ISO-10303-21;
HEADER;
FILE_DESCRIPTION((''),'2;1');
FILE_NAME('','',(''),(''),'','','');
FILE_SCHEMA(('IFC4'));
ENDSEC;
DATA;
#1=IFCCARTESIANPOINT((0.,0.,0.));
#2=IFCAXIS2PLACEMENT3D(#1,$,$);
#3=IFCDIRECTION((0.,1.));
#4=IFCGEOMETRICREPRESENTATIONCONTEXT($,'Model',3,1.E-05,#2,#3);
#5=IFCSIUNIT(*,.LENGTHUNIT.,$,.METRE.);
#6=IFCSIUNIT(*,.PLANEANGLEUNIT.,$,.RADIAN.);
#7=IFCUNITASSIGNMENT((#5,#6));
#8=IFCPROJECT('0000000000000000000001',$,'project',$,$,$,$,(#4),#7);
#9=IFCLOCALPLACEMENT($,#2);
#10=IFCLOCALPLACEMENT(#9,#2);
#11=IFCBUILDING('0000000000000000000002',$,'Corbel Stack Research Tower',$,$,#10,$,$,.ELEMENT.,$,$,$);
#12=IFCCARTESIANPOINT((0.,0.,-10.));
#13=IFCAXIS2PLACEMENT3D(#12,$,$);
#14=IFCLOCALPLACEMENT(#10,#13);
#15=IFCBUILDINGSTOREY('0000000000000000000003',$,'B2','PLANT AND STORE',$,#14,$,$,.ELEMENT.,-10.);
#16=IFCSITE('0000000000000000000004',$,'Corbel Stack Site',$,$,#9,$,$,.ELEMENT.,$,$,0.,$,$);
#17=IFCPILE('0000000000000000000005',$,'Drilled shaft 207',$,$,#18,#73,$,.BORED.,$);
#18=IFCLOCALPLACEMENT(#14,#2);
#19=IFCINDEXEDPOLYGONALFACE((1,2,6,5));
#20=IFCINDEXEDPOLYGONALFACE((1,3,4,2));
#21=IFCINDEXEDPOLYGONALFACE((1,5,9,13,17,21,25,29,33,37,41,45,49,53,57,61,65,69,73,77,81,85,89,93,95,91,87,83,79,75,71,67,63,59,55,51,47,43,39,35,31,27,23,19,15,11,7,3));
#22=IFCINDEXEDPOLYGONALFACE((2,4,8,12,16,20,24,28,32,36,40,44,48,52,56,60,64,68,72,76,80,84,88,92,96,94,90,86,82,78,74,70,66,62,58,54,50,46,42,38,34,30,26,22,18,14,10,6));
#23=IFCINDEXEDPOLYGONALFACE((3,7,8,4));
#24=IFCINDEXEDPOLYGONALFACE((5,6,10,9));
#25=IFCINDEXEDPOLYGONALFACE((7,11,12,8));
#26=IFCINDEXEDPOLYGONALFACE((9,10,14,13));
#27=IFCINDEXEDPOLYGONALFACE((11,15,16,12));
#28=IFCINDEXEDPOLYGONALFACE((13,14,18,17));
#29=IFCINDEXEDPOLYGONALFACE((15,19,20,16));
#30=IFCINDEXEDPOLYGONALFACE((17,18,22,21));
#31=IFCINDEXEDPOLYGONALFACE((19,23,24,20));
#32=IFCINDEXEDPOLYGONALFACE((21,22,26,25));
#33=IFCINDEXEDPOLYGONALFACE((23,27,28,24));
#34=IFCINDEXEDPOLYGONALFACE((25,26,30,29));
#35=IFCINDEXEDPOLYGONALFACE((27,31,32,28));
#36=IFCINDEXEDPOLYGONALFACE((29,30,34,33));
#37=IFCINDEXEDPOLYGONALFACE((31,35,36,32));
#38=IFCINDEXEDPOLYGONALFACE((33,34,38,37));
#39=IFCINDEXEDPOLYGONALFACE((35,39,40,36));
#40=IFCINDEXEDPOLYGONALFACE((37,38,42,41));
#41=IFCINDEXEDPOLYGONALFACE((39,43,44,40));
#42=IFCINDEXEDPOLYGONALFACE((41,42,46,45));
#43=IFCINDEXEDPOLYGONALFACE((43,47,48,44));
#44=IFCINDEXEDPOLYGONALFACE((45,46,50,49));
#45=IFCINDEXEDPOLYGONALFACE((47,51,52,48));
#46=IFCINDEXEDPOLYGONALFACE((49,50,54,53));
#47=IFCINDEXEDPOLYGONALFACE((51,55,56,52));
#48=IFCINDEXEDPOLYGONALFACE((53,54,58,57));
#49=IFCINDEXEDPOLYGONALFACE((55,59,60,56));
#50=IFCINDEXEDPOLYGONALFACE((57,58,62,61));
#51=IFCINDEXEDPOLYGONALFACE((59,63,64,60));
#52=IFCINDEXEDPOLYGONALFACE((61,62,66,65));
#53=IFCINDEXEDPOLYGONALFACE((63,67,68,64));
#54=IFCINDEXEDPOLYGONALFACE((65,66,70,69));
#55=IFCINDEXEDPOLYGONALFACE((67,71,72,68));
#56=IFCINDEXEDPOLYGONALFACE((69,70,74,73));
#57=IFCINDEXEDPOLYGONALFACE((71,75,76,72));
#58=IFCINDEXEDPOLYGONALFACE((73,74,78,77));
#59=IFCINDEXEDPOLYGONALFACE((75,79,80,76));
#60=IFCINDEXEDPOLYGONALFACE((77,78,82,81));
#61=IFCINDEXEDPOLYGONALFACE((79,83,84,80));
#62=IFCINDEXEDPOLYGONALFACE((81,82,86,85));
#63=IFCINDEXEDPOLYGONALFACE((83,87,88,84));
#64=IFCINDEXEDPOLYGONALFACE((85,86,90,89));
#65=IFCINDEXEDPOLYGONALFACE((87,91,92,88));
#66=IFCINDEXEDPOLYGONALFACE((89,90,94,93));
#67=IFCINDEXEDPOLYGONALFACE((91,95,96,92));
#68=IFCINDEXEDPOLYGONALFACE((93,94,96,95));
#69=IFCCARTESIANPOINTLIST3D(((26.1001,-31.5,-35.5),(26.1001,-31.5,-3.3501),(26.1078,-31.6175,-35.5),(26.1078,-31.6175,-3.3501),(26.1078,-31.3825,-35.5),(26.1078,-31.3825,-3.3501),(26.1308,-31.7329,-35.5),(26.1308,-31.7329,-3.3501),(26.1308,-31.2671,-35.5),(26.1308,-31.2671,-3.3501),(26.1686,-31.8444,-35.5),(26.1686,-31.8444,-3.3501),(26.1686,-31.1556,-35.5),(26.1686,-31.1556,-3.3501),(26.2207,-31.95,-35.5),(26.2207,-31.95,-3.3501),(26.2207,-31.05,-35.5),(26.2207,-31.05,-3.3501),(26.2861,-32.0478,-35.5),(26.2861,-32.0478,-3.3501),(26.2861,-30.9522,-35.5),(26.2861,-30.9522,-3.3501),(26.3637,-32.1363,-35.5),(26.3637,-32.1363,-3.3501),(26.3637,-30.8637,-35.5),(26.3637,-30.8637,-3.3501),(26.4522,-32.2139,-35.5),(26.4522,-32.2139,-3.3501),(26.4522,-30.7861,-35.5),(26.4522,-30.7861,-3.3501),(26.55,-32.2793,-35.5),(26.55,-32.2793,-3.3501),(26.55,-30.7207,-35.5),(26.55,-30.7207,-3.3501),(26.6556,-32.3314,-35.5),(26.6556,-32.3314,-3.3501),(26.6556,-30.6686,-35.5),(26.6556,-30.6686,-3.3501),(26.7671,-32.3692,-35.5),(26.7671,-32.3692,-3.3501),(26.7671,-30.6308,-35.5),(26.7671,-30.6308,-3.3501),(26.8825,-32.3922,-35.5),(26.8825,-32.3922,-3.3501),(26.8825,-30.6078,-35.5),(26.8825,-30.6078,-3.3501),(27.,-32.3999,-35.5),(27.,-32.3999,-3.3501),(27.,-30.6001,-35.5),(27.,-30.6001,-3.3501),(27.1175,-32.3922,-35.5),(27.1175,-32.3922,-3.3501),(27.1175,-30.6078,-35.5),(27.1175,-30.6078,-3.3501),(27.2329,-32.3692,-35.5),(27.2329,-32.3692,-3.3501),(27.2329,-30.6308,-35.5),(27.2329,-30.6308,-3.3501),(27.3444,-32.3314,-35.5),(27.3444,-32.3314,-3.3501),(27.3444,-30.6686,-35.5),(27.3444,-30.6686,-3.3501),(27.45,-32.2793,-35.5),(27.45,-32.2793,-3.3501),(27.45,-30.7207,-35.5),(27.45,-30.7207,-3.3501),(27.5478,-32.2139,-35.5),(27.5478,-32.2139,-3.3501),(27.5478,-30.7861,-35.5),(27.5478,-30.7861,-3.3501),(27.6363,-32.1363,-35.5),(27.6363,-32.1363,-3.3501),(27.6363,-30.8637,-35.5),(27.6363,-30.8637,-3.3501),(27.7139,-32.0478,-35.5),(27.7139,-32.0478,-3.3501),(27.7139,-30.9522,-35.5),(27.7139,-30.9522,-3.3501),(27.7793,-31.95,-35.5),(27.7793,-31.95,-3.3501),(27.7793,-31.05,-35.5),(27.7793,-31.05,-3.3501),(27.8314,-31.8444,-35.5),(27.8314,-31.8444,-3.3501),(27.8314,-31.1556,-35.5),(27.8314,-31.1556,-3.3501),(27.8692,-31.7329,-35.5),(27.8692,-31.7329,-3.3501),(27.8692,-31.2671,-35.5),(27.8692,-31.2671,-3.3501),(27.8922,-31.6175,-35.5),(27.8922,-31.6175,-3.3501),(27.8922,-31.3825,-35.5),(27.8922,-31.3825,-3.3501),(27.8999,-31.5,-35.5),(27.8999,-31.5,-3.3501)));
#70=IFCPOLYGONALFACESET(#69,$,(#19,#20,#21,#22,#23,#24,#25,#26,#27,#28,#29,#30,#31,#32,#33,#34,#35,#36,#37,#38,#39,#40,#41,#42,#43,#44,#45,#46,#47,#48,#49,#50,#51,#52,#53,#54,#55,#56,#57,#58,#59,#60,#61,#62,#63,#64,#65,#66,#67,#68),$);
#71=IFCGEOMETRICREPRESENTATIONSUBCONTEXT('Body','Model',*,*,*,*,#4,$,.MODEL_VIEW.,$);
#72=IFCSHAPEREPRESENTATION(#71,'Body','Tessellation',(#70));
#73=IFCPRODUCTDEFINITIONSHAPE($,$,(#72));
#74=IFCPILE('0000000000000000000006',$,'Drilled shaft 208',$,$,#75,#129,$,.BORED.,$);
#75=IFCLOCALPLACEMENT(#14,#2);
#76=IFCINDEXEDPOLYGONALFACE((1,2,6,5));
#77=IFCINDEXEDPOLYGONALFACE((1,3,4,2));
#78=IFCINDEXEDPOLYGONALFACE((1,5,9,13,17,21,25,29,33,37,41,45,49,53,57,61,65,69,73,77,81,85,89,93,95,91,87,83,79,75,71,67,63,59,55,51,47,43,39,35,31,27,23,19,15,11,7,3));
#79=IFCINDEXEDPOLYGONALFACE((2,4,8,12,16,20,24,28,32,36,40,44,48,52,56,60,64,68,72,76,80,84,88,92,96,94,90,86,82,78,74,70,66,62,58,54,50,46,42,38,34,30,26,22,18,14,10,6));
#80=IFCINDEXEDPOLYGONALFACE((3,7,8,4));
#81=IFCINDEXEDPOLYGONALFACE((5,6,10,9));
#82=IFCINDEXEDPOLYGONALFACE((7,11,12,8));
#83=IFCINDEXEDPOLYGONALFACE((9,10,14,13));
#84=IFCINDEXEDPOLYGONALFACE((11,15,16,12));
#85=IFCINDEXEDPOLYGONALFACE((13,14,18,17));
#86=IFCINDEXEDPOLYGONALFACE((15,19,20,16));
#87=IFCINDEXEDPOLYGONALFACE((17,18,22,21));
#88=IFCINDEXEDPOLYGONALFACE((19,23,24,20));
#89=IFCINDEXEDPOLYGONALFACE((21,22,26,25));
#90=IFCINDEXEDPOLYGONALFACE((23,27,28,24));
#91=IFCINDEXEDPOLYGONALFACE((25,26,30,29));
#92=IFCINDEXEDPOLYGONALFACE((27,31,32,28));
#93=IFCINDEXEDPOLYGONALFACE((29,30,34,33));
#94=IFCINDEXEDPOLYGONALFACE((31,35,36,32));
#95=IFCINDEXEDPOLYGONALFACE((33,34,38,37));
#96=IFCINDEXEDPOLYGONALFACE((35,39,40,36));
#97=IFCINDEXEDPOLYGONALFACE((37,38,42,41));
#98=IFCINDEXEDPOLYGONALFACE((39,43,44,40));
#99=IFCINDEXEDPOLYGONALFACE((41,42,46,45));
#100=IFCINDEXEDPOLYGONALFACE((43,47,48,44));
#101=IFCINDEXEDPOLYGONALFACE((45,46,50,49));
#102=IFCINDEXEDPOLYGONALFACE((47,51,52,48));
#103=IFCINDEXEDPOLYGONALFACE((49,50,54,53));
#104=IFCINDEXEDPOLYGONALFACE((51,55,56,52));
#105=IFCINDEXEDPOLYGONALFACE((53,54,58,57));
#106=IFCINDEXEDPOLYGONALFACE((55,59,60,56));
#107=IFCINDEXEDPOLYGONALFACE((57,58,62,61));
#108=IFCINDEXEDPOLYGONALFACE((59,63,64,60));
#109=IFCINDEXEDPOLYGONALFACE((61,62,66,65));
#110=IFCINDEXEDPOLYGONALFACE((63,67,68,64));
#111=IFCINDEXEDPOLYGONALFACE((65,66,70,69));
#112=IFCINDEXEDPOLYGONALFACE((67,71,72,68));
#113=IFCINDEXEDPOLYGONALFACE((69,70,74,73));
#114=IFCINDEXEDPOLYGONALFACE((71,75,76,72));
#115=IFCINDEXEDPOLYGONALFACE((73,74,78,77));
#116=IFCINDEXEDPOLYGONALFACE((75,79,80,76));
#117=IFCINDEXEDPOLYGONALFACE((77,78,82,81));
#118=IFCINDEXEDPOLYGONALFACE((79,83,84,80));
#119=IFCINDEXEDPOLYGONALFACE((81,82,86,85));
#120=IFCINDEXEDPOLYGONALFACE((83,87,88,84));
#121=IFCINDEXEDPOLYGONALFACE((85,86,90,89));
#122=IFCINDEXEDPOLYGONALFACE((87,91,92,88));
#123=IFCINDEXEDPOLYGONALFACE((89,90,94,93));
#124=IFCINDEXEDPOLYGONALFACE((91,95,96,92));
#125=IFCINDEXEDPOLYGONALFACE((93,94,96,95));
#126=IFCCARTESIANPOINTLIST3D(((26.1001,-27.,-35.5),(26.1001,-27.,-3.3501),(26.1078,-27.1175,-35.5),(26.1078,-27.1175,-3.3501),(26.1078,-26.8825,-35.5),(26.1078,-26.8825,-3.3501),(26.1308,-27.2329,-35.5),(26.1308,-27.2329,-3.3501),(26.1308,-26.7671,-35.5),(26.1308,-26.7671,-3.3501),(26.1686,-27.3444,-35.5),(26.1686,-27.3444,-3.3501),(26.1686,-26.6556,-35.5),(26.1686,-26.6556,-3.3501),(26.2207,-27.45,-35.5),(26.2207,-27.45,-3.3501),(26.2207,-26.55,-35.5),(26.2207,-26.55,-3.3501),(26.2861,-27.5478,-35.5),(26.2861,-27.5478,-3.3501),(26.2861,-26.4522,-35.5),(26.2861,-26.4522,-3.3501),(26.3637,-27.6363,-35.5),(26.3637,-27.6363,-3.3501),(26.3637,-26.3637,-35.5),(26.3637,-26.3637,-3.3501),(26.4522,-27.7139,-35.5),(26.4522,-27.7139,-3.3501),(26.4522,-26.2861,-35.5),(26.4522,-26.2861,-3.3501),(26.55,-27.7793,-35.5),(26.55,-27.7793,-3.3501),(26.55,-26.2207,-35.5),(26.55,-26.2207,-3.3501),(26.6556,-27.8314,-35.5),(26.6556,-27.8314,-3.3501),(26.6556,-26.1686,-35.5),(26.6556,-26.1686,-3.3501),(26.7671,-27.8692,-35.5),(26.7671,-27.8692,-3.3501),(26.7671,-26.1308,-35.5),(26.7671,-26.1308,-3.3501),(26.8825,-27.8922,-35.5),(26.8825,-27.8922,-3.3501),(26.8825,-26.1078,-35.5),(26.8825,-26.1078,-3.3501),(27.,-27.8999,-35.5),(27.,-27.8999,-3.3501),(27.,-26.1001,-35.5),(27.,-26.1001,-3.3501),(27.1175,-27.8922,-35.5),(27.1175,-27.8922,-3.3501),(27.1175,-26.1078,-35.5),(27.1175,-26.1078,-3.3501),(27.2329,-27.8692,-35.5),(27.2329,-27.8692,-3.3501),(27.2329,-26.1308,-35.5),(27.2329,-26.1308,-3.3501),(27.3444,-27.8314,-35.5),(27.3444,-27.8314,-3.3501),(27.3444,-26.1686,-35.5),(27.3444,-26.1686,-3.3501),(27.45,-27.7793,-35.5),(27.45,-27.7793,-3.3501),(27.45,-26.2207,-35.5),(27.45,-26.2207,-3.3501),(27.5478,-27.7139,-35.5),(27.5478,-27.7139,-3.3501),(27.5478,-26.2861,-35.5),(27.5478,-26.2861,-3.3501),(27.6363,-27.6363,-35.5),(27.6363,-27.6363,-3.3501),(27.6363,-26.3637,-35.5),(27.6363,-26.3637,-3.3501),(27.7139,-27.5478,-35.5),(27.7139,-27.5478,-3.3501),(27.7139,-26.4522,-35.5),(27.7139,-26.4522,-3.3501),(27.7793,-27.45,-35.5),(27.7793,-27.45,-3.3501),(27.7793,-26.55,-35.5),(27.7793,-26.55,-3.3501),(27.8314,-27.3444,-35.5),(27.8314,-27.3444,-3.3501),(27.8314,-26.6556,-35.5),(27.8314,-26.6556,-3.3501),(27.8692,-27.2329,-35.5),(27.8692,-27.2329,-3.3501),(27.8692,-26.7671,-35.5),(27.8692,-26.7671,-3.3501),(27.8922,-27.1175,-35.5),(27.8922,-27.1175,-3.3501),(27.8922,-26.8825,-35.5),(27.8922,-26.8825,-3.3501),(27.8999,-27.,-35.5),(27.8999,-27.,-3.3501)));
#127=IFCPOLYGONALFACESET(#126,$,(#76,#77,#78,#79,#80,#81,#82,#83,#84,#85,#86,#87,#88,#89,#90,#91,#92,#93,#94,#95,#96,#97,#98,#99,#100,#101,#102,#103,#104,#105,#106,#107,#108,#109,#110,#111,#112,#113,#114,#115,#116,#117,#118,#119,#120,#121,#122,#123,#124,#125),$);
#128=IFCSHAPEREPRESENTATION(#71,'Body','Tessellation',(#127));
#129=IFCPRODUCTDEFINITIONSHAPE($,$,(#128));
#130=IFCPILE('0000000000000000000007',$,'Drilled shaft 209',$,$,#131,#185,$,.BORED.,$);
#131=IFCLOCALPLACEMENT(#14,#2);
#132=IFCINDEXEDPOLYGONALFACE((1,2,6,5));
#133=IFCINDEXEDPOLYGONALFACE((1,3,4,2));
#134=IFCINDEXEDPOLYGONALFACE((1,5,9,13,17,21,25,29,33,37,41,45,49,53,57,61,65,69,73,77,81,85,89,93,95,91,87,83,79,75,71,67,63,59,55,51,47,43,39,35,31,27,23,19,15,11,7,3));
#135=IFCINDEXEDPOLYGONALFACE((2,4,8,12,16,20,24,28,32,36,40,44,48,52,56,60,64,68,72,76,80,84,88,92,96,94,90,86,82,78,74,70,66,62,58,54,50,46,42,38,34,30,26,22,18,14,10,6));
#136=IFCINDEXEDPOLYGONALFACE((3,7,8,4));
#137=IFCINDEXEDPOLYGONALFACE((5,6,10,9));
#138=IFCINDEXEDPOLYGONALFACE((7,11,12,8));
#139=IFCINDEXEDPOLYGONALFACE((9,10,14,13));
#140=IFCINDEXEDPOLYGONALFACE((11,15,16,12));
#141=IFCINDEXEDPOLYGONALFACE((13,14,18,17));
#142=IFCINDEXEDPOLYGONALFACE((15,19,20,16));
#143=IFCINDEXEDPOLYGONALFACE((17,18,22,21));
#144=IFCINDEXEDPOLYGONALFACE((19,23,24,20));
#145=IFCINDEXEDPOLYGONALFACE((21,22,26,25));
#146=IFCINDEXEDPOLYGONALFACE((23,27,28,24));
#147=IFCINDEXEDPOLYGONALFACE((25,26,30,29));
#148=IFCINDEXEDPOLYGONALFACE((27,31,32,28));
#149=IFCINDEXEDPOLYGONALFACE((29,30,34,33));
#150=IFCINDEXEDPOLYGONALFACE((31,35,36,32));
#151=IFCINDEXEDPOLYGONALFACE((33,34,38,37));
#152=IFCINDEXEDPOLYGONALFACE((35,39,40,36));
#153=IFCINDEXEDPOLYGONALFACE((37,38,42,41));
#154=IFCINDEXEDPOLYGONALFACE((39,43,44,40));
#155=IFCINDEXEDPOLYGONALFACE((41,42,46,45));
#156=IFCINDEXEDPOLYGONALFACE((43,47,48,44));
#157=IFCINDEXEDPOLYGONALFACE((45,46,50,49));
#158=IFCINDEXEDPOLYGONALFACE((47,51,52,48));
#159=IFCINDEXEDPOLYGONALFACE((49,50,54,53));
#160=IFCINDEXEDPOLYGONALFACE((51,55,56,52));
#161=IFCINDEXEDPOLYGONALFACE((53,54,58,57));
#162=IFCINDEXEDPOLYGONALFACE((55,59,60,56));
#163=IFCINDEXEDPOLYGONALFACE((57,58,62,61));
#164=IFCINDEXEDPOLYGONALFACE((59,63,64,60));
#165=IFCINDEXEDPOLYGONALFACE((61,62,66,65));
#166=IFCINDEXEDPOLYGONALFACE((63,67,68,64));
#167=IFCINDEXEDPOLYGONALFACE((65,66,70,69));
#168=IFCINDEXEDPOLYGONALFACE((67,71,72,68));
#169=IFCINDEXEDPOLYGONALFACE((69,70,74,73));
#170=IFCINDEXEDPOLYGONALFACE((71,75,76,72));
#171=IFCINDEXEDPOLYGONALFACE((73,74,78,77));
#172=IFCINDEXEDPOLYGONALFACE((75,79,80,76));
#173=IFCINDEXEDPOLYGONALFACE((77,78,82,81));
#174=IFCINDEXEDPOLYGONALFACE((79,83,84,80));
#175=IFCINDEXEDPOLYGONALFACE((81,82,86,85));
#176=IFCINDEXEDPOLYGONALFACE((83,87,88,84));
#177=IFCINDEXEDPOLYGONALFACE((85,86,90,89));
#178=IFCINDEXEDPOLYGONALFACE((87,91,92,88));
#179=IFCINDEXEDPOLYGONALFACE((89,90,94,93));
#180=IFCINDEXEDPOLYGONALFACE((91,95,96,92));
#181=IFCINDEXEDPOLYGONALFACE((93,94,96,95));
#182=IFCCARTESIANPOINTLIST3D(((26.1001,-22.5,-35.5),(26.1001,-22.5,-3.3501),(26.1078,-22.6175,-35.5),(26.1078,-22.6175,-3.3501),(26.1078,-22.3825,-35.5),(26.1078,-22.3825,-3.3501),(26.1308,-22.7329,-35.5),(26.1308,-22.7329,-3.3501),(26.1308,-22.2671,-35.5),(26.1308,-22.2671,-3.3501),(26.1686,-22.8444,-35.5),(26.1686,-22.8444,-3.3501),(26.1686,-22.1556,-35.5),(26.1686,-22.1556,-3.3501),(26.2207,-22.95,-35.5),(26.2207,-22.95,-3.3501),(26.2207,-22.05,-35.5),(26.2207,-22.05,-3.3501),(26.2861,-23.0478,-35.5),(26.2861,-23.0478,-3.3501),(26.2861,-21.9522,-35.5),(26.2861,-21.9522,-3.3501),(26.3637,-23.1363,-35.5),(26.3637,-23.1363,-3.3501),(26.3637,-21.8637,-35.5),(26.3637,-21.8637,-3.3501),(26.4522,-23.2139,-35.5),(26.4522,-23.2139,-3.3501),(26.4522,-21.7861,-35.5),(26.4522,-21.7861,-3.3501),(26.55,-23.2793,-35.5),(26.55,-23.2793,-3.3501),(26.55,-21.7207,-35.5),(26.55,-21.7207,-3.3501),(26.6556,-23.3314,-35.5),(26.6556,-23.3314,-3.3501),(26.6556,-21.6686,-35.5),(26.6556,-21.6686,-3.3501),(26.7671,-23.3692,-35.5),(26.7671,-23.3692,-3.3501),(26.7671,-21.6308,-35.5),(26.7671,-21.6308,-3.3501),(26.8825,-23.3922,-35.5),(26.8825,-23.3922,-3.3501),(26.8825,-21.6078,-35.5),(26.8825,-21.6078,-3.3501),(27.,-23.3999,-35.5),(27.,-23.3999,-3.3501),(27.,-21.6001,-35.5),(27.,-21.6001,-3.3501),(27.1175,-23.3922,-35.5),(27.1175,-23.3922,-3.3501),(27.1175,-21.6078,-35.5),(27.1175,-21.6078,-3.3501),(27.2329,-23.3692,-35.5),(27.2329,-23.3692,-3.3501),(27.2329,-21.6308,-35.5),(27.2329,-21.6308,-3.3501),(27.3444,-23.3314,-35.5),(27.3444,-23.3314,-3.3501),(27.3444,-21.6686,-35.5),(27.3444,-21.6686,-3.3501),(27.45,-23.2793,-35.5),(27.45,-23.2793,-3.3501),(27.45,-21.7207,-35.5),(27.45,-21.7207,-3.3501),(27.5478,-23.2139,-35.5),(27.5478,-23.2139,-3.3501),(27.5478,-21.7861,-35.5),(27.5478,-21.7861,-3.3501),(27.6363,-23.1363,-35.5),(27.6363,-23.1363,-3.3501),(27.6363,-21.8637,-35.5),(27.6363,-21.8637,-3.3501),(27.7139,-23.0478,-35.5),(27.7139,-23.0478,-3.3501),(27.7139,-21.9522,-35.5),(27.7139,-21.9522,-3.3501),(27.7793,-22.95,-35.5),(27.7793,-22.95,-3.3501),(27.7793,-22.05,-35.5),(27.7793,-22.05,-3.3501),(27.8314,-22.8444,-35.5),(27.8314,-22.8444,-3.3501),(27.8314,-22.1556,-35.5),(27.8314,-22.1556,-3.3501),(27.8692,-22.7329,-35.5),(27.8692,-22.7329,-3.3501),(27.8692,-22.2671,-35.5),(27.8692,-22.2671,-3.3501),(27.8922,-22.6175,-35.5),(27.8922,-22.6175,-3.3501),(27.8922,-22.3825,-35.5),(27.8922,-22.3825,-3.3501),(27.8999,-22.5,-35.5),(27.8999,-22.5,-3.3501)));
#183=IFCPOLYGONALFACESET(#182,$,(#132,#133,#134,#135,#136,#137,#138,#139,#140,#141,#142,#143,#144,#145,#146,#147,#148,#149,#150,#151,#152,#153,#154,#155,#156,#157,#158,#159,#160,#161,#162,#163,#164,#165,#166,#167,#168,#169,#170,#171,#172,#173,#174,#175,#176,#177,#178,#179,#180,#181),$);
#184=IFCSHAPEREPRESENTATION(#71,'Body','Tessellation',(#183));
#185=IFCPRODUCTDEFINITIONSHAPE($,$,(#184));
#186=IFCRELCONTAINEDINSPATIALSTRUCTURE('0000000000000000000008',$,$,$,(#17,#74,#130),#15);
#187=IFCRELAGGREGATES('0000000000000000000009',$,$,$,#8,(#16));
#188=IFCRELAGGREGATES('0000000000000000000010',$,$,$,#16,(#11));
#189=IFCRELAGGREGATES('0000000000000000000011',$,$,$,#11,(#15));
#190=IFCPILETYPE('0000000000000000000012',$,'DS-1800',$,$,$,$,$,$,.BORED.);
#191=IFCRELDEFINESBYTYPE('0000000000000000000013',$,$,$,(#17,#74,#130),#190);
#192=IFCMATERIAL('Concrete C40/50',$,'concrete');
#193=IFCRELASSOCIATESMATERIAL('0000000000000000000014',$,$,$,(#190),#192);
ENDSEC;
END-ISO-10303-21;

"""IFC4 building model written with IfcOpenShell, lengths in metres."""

from ifc_helpers import new_model, si_unit, direction, frame, origin, origin_2d, place, context, subcontext, project, spatial, circle, extrude, material, material_profile, profile_set, type_object, element, save


model = new_model("IFC4")

# Units and contexts
model_context = context("Model", 3, precision=1e-05, world=origin(), true_north=direction((0.0, 1.0)))
body_context = subcontext(model_context, "Body", "Model", "MODEL_VIEW")
ifc_project = project(units=[si_unit("LENGTHUNIT", "METRE"), si_unit("PLANEANGLEUNIT", "RADIAN")], contexts=[model_context])

# Site, building, storey
site_placement = place(None, origin())
site = spatial("IfcSite", under=ifc_project, at=site_placement, Name="Corbel Stack Site", CompositionType="ELEMENT", RefElevation=0.0)
building_placement = place(site_placement, origin())
building = spatial("IfcBuilding", under=site, at=building_placement, Name="Corbel Stack Research Tower", CompositionType="ELEMENT")
storey_placement = place(building_placement, frame((0.0, 0.0, -10.0)))
storey = spatial("IfcBuildingStorey", under=building, at=storey_placement, Name="B2", Description="PLANT AND STORE", CompositionType="ELEMENT", Elevation=-10.0)

# Piles
ifc_material_1 = material(Name="Concrete C40/50", Category="concrete")
ifc_material_profile_1 = material_profile(ifc_material_1, circle(Radius=0.8999, at=origin_2d()), Name="Shaft 1800")
ifc_profile_set_1 = profile_set([ifc_material_profile_1], Name="Concrete C40/50")
pile_type = type_object("IfcPileType", Name="DS-1800", PredefinedType="BORED", material=ifc_profile_set_1)
for number, where, z_axis, x_axis, name in (
    (1, (27.0, -31.5, -3.3501), (0.0, 0.0, -1.0), (1.0, 0.0, 0.0), "Drilled shaft 207"),
    (2, (27.0, -27.0, -3.3501), (0.0, 0.0, -1.0), (1.0, 0.0, 0.0), "Drilled shaft 208"),
    (3, (27.0, -22.5, -3.3501), (0.0, 0.0, -1.0), (1.0, 0.0, 0.0), "Drilled shaft 209"),
):
    element("IfcPile", number, at=place(storey_placement, frame(where, z_axis=z_axis, x_axis=x_axis)), inside=storey, type_object=pile_type, Name=name, PredefinedType="BORED", context=body_context, shape_type="SweptSolid", body=[
        extrude(circle(Radius=0.8999, at=origin_2d()), origin(), (0.0, 0.0, 1.0), 32.1499),
    ])

save(model, "model.ifc")
